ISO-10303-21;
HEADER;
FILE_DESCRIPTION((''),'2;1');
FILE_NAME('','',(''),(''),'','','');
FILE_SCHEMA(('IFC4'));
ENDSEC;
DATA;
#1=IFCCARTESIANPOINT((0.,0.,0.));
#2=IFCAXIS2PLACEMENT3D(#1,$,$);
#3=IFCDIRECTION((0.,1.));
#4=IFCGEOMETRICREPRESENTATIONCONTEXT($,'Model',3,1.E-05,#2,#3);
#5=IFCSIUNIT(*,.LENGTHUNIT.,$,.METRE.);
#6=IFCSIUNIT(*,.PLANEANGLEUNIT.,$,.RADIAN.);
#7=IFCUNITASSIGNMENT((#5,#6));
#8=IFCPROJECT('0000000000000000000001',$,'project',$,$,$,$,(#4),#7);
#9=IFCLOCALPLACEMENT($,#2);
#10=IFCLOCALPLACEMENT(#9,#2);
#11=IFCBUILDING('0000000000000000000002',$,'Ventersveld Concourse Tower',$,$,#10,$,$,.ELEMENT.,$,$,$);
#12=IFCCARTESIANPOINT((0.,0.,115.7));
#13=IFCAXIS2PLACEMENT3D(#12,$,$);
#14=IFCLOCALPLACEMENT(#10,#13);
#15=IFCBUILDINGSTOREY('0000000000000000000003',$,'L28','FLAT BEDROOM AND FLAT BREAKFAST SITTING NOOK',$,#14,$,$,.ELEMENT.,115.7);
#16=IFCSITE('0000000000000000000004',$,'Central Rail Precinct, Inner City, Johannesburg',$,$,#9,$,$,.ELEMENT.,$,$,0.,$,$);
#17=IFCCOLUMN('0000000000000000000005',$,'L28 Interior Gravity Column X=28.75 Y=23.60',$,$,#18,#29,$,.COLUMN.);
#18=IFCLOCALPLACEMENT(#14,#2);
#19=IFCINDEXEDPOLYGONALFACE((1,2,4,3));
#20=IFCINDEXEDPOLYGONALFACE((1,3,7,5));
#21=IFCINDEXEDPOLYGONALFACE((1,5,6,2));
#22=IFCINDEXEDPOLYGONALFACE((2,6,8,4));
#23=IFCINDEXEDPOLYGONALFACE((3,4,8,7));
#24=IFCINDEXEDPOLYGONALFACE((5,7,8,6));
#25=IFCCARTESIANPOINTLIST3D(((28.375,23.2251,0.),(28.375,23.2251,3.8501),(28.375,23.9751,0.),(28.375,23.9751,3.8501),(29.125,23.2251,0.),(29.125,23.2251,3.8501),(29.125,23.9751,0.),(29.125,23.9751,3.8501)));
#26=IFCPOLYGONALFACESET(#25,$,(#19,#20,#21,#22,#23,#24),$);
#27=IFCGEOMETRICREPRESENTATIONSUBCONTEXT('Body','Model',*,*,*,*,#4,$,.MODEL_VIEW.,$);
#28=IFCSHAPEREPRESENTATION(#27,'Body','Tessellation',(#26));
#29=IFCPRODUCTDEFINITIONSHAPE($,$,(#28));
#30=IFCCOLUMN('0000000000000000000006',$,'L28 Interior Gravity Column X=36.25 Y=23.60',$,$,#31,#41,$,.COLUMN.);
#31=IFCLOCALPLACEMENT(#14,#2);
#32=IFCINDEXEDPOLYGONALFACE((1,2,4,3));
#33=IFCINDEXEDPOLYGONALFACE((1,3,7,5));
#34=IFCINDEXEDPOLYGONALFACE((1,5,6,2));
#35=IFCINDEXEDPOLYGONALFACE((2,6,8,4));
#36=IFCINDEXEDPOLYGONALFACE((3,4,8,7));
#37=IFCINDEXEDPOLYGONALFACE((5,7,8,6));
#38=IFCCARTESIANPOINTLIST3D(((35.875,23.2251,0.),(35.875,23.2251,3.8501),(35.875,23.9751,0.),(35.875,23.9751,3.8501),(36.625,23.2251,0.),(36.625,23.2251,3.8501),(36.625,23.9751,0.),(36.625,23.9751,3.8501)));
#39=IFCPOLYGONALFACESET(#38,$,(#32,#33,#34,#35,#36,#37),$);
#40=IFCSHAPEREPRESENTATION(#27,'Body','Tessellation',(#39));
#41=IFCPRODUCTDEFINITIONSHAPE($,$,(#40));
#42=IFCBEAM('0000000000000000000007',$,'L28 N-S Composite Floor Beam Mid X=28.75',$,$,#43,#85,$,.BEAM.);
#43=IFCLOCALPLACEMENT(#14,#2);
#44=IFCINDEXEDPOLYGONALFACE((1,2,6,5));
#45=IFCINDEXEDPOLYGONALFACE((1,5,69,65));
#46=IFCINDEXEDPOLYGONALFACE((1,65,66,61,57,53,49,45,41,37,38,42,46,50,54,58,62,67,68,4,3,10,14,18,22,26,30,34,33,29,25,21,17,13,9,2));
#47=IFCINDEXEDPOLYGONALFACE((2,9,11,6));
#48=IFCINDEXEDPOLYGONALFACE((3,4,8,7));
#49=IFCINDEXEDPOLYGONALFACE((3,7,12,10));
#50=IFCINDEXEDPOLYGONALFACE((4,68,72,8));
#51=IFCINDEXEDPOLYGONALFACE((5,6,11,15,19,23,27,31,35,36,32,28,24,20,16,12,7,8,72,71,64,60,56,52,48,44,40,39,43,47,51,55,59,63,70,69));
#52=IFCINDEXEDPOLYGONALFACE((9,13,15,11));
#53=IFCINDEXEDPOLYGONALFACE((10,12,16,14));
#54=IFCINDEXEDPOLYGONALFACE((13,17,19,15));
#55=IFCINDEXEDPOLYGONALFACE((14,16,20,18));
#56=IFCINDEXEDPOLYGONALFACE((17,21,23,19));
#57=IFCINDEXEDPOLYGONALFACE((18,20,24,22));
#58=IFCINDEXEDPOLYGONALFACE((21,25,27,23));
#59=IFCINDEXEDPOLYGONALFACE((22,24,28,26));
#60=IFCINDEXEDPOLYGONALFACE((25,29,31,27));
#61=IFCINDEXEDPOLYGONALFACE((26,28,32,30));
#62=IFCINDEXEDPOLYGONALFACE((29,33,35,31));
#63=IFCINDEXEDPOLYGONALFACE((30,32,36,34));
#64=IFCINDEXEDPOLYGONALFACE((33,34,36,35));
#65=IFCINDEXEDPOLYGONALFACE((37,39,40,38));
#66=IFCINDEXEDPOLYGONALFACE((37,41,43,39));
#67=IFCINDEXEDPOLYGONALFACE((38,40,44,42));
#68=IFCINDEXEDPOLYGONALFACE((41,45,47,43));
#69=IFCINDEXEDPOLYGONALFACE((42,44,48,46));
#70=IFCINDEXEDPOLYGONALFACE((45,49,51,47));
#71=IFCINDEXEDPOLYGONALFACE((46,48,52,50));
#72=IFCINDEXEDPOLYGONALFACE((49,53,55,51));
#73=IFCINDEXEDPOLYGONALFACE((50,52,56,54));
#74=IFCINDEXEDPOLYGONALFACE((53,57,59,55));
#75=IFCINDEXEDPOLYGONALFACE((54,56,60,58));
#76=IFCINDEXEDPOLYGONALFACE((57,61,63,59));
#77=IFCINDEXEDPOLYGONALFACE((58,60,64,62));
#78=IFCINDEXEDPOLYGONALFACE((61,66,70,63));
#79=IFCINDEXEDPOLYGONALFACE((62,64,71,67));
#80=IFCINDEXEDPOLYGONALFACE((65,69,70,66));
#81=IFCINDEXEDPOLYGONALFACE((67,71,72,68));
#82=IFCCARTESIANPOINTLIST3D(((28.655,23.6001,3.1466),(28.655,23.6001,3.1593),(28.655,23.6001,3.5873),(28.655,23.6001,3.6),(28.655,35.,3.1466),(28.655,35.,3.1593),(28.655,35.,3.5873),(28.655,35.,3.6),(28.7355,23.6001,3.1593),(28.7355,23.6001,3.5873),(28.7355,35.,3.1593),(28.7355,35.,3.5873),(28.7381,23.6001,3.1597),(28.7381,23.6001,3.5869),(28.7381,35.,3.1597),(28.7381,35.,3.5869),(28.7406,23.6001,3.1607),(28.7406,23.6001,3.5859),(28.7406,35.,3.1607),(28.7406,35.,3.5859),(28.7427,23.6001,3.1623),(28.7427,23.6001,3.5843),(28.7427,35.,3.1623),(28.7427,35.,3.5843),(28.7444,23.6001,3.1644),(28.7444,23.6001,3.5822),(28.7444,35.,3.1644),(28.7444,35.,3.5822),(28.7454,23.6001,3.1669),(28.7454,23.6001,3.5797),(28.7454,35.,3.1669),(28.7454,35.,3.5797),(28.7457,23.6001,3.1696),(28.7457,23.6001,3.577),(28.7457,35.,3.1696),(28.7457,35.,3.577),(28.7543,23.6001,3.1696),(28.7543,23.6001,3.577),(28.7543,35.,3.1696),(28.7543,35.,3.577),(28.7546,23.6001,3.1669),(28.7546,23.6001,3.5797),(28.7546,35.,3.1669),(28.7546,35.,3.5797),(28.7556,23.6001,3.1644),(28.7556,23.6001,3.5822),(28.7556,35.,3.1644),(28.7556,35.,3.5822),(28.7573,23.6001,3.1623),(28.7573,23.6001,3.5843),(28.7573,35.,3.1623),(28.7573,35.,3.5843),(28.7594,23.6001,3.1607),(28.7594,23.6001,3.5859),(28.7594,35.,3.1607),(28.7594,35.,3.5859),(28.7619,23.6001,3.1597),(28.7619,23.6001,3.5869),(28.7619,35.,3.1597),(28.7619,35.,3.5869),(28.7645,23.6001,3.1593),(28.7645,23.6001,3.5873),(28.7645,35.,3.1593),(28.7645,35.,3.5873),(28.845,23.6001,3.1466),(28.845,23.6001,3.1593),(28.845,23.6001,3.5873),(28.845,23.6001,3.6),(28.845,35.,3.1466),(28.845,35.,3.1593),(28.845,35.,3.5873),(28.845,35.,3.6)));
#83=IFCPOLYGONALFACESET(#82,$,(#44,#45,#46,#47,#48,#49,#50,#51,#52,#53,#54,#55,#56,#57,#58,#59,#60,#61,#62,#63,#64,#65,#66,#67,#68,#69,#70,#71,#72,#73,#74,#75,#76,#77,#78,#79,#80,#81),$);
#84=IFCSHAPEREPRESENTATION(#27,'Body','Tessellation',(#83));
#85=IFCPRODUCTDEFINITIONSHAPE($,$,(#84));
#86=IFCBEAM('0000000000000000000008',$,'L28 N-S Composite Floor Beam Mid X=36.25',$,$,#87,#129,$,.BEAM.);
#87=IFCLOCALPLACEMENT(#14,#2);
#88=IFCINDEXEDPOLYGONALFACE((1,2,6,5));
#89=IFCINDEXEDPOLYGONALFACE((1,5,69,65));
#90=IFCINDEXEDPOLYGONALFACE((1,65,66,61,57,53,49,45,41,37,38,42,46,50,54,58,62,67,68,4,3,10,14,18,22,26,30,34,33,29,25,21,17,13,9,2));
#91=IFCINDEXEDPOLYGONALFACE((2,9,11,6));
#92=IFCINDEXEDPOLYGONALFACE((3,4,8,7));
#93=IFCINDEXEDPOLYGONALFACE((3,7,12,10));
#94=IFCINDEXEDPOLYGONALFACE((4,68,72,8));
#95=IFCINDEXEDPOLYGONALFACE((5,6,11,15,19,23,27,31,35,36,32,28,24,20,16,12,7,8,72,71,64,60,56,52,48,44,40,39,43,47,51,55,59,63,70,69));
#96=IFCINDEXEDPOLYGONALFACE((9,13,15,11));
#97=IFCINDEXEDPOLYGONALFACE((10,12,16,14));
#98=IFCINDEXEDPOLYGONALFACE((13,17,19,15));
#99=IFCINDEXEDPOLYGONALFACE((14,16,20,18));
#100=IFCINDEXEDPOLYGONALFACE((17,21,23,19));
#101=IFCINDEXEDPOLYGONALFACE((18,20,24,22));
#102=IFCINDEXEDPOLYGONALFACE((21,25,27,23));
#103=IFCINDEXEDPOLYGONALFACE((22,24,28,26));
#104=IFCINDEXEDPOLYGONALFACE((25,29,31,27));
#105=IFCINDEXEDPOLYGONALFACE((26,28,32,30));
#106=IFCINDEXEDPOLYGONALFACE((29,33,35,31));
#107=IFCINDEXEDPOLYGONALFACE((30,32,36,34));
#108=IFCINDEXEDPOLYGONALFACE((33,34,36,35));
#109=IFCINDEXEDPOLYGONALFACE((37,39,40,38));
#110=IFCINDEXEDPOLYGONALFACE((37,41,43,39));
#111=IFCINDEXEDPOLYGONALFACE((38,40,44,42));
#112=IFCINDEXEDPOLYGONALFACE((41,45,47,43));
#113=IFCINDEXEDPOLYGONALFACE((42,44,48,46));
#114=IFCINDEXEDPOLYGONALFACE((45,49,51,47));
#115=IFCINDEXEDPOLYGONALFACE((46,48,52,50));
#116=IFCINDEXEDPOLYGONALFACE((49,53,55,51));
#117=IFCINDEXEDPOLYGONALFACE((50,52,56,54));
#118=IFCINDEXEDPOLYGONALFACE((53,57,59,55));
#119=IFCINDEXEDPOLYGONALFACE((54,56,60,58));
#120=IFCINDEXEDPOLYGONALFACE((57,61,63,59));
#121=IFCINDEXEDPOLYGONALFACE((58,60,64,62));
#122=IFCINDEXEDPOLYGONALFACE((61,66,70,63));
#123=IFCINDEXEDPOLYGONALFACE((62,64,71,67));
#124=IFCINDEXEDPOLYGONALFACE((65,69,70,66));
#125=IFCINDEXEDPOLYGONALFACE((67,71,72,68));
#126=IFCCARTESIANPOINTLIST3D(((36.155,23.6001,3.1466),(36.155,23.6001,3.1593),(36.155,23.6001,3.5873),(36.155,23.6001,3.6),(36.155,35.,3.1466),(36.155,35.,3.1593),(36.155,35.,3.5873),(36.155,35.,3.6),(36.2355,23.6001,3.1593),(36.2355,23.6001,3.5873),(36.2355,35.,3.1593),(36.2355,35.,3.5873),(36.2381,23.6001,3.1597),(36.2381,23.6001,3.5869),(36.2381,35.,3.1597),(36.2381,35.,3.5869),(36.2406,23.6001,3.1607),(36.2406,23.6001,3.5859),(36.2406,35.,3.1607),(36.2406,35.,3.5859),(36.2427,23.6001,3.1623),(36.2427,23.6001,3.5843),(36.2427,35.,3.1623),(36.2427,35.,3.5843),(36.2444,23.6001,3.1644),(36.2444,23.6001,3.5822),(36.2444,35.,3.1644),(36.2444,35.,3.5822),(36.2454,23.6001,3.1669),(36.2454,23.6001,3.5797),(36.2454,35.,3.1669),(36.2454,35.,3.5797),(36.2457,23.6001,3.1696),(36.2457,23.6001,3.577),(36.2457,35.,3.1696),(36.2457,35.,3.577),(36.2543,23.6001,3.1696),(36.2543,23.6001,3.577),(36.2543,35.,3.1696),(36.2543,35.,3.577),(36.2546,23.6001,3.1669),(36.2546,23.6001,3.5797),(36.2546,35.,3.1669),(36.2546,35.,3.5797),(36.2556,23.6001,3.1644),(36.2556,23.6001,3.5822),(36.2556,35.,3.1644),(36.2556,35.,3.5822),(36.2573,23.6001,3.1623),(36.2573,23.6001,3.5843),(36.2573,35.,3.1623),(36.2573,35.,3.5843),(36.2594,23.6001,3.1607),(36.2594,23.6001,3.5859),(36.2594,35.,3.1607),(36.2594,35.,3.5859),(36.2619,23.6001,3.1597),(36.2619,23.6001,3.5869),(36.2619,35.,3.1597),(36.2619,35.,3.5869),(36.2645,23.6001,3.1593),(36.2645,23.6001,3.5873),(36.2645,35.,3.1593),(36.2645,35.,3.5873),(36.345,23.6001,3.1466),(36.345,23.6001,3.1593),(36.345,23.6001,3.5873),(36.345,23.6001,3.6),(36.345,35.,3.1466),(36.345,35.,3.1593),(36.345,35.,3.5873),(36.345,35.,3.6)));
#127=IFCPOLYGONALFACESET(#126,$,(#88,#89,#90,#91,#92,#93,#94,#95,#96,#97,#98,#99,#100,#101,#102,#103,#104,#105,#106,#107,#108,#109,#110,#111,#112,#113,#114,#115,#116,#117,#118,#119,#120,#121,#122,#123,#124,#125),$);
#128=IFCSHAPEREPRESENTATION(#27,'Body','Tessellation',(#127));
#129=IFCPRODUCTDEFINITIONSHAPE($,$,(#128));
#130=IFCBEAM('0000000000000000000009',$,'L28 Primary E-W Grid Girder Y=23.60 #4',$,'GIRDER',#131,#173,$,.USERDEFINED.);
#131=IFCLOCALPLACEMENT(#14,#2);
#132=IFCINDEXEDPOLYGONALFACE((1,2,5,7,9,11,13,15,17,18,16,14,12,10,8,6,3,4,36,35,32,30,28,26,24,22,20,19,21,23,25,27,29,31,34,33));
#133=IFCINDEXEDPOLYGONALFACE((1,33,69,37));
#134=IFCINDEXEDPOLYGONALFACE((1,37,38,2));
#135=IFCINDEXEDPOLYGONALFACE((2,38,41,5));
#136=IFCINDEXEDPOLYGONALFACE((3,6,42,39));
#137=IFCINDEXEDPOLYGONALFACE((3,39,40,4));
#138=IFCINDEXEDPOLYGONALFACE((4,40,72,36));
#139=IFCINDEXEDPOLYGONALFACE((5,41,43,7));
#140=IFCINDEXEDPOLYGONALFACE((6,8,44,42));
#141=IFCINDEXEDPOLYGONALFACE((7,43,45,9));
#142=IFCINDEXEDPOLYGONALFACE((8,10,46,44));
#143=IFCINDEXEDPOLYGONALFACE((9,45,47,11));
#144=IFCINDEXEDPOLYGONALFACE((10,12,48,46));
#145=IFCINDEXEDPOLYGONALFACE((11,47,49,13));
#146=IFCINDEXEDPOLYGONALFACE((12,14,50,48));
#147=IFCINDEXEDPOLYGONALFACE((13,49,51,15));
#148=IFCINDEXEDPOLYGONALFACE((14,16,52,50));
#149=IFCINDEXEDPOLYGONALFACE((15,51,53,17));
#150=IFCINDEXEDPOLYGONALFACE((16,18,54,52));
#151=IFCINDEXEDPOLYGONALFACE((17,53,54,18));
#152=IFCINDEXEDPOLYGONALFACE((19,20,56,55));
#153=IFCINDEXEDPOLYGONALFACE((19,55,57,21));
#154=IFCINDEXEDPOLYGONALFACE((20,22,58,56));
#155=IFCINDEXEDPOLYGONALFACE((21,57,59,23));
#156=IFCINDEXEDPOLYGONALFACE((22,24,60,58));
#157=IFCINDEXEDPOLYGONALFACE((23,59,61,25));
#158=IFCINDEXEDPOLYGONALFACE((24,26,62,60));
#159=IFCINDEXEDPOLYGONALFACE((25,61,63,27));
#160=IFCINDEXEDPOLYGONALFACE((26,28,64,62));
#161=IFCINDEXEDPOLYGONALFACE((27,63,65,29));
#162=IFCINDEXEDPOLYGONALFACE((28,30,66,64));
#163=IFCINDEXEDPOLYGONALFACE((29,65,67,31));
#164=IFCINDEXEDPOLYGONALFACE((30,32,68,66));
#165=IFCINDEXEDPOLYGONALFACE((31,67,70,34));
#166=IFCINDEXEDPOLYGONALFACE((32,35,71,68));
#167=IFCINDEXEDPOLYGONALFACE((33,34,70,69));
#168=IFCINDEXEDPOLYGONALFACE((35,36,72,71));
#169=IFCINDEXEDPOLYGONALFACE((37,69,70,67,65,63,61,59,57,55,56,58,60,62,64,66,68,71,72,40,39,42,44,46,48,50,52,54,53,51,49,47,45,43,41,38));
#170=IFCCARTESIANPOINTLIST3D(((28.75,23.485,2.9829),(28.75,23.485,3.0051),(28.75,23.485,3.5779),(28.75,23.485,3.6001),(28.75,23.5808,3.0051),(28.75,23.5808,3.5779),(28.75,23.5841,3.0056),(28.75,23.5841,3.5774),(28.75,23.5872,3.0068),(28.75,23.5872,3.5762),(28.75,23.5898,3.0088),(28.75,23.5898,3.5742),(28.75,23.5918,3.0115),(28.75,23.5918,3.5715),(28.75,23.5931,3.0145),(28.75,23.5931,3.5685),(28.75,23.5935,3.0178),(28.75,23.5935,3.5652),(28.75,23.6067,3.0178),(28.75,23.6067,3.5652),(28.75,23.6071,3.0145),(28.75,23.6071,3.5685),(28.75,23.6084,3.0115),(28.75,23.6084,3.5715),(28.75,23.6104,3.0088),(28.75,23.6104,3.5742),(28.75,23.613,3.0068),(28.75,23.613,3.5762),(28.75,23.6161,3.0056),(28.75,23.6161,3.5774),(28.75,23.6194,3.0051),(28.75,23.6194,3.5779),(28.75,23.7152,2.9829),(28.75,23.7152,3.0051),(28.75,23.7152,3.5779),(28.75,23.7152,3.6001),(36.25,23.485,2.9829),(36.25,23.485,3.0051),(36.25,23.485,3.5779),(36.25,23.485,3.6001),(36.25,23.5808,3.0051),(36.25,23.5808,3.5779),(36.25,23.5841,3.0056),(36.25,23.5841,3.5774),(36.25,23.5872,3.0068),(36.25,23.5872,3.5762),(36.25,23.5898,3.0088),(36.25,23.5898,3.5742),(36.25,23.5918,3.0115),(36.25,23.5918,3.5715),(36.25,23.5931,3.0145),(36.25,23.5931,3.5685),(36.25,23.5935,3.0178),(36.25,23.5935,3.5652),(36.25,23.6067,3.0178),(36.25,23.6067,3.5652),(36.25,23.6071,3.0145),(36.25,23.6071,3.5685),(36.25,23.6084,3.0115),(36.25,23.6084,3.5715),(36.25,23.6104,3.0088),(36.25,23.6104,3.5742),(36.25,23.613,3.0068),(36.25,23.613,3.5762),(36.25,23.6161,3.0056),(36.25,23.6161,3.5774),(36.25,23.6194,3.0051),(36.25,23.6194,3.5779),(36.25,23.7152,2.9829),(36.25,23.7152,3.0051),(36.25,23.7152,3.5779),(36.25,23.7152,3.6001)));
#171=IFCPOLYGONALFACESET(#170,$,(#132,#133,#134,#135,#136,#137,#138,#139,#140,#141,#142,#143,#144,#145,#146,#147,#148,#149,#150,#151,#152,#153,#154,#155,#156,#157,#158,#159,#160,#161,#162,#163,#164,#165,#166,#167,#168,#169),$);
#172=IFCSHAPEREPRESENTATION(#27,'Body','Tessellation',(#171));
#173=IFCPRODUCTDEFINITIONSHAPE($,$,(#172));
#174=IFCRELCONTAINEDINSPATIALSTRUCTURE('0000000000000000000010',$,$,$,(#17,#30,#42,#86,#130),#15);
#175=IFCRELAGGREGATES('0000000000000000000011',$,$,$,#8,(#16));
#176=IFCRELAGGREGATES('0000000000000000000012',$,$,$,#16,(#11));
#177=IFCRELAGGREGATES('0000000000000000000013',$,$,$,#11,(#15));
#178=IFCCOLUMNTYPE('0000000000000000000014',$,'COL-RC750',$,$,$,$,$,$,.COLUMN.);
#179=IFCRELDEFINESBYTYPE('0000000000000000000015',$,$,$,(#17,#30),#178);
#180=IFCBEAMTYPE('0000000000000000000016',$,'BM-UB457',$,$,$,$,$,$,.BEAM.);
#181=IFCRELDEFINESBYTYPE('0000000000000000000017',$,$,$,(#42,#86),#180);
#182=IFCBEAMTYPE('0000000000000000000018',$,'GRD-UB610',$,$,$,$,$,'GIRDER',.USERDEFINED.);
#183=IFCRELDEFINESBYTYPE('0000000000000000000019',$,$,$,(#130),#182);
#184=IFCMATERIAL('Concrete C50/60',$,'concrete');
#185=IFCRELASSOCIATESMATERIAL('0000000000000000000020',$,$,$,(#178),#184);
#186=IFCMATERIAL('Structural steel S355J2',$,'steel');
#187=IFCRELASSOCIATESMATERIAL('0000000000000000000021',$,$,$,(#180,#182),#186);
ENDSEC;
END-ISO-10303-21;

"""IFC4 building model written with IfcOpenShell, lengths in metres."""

from ifc_helpers import new_model, si_unit, direction, frame, origin, origin_2d, place, context, subcontext, project, spatial, rectangle, i_section, extrude, material, material_profile, profile_set, type_object, element, save


model = new_model("IFC4")

# Units and contexts
model_context = context("Model", 3, precision=1e-05, world=origin(), true_north=direction((0.0, 1.0)))
body_context = subcontext(model_context, "Body", "Model", "MODEL_VIEW")
ifc_project = project(units=[si_unit("LENGTHUNIT", "METRE"), si_unit("PLANEANGLEUNIT", "RADIAN")], contexts=[model_context])

# Site, building, storey
site_placement = place(None, origin())
site = spatial("IfcSite", under=ifc_project, at=site_placement, Name="Central Rail Precinct, Inner City, Johannesburg", CompositionType="ELEMENT", RefElevation=0.0)
building_placement = place(site_placement, origin())
building = spatial("IfcBuilding", under=site, at=building_placement, Name="Ventersveld Concourse Tower", CompositionType="ELEMENT")
storey_placement = place(building_placement, frame((0.0, 0.0, 115.7)))
storey = spatial("IfcBuildingStorey", under=building, at=storey_placement, Name="L28", Description="FLAT BEDROOM AND FLAT BREAKFAST SITTING NOOK", CompositionType="ELEMENT", Elevation=115.7)

# Columns
ifc_material_1 = material(Name="Concrete C50/60", Category="concrete")
ifc_material_profile_1 = material_profile(ifc_material_1, rectangle(XDim=0.75, YDim=0.75, at=origin_2d()), Name="RC 750x750")
ifc_profile_set_1 = profile_set([ifc_material_profile_1], Name="Concrete C50/60")
column_type = type_object("IfcColumnType", Name="COL-RC750", PredefinedType="COLUMN", material=ifc_profile_set_1)
for number, where, z_axis, x_axis, name in (
    (1, (28.75, 23.6001, 0.0), (0.0, 0.0, 1.0), (1.0, 0.0, 0.0), "L28 Interior Gravity Column X=28.75 Y=23.60"),
    (2, (36.25, 23.6001, 0.0), (0.0, 0.0, 1.0), (1.0, 0.0, 0.0), "L28 Interior Gravity Column X=36.25 Y=23.60"),
):
    element("IfcColumn", number, at=place(storey_placement, frame(where, z_axis=z_axis, x_axis=x_axis)), inside=storey, type_object=column_type, Name=name, PredefinedType="COLUMN", context=body_context, shape_type="SweptSolid", body=[
        extrude(rectangle(XDim=0.75, YDim=0.75, at=origin_2d()), origin(), (0.0, 0.0, 1.0), 3.8501),
    ])

# Beams
ifc_material_2 = material(Name="Structural steel S355J2", Category="steel")
ifc_material_profile_2 = material_profile(ifc_material_2, i_section(OverallWidth=0.1899, OverallDepth=0.4534, WebThickness=0.0085, FlangeThickness=0.0127, FilletRadius=0.0103, at=origin_2d()), Name="UB 457x191x67")
ifc_profile_set_2 = profile_set([ifc_material_profile_2], Name="Structural steel S355J2")
beam_type_1 = type_object("IfcBeamType", Name="BM-UB457", PredefinedType="BEAM", material=ifc_profile_set_2)
for number, where, z_axis, x_axis, name in (
    (3, (28.75, 23.6001, 3.3733), (0.0, 1.0, 0.0), (-1.0, 0.0, 0.0), "L28 N-S Composite Floor Beam Mid X=28.75"),
    (4, (36.25, 23.6001, 3.3733), (0.0, 1.0, 0.0), (-1.0, 0.0, 0.0), "L28 N-S Composite Floor Beam Mid X=36.25"),
):
    element("IfcBeam", number, at=place(storey_placement, frame(where, z_axis=z_axis, x_axis=x_axis)), inside=storey, type_object=beam_type_1, Name=name, PredefinedType="BEAM", context=body_context, shape_type="SweptSolid", body=[
        extrude(i_section(OverallWidth=0.1899, OverallDepth=0.4534, WebThickness=0.0085, FlangeThickness=0.0127, FilletRadius=0.0103, at=origin_2d()), origin(), (0.0, 0.0, 1.0), 11.3999),
    ])
ifc_material_profile_3 = material_profile(ifc_material_2, i_section(OverallWidth=0.2302, OverallDepth=0.6172, WebThickness=0.0132, FlangeThickness=0.0222, FilletRadius=0.0127, at=origin_2d()), Name="UB 610x229x140")
ifc_profile_set_3 = profile_set([ifc_material_profile_3], Name="Structural steel S355J2")
beam_type_2 = type_object("IfcBeamType", Name="GRD-UB610", ElementType="GIRDER", PredefinedType="USERDEFINED", material=ifc_profile_set_3)
for number, where, z_axis, x_axis, name in (
    (5, (28.75, 23.6001, 3.2915), (1.0, 0.0, 0.0), (0.0, 1.0, 0.0), "L28 Primary E-W Grid Girder Y=23.60 #4"),
):
    element("IfcBeam", number, at=place(storey_placement, frame(where, z_axis=z_axis, x_axis=x_axis)), inside=storey, type_object=beam_type_2, Name=name, ObjectType="GIRDER", PredefinedType="USERDEFINED", context=body_context, shape_type="SweptSolid", body=[
        extrude(i_section(OverallWidth=0.2302, OverallDepth=0.6172, WebThickness=0.0132, FlangeThickness=0.0222, FilletRadius=0.0127, at=origin_2d()), origin(), (0.0, 0.0, 1.0), 7.5),
    ])

save(model, "model.ifc")
